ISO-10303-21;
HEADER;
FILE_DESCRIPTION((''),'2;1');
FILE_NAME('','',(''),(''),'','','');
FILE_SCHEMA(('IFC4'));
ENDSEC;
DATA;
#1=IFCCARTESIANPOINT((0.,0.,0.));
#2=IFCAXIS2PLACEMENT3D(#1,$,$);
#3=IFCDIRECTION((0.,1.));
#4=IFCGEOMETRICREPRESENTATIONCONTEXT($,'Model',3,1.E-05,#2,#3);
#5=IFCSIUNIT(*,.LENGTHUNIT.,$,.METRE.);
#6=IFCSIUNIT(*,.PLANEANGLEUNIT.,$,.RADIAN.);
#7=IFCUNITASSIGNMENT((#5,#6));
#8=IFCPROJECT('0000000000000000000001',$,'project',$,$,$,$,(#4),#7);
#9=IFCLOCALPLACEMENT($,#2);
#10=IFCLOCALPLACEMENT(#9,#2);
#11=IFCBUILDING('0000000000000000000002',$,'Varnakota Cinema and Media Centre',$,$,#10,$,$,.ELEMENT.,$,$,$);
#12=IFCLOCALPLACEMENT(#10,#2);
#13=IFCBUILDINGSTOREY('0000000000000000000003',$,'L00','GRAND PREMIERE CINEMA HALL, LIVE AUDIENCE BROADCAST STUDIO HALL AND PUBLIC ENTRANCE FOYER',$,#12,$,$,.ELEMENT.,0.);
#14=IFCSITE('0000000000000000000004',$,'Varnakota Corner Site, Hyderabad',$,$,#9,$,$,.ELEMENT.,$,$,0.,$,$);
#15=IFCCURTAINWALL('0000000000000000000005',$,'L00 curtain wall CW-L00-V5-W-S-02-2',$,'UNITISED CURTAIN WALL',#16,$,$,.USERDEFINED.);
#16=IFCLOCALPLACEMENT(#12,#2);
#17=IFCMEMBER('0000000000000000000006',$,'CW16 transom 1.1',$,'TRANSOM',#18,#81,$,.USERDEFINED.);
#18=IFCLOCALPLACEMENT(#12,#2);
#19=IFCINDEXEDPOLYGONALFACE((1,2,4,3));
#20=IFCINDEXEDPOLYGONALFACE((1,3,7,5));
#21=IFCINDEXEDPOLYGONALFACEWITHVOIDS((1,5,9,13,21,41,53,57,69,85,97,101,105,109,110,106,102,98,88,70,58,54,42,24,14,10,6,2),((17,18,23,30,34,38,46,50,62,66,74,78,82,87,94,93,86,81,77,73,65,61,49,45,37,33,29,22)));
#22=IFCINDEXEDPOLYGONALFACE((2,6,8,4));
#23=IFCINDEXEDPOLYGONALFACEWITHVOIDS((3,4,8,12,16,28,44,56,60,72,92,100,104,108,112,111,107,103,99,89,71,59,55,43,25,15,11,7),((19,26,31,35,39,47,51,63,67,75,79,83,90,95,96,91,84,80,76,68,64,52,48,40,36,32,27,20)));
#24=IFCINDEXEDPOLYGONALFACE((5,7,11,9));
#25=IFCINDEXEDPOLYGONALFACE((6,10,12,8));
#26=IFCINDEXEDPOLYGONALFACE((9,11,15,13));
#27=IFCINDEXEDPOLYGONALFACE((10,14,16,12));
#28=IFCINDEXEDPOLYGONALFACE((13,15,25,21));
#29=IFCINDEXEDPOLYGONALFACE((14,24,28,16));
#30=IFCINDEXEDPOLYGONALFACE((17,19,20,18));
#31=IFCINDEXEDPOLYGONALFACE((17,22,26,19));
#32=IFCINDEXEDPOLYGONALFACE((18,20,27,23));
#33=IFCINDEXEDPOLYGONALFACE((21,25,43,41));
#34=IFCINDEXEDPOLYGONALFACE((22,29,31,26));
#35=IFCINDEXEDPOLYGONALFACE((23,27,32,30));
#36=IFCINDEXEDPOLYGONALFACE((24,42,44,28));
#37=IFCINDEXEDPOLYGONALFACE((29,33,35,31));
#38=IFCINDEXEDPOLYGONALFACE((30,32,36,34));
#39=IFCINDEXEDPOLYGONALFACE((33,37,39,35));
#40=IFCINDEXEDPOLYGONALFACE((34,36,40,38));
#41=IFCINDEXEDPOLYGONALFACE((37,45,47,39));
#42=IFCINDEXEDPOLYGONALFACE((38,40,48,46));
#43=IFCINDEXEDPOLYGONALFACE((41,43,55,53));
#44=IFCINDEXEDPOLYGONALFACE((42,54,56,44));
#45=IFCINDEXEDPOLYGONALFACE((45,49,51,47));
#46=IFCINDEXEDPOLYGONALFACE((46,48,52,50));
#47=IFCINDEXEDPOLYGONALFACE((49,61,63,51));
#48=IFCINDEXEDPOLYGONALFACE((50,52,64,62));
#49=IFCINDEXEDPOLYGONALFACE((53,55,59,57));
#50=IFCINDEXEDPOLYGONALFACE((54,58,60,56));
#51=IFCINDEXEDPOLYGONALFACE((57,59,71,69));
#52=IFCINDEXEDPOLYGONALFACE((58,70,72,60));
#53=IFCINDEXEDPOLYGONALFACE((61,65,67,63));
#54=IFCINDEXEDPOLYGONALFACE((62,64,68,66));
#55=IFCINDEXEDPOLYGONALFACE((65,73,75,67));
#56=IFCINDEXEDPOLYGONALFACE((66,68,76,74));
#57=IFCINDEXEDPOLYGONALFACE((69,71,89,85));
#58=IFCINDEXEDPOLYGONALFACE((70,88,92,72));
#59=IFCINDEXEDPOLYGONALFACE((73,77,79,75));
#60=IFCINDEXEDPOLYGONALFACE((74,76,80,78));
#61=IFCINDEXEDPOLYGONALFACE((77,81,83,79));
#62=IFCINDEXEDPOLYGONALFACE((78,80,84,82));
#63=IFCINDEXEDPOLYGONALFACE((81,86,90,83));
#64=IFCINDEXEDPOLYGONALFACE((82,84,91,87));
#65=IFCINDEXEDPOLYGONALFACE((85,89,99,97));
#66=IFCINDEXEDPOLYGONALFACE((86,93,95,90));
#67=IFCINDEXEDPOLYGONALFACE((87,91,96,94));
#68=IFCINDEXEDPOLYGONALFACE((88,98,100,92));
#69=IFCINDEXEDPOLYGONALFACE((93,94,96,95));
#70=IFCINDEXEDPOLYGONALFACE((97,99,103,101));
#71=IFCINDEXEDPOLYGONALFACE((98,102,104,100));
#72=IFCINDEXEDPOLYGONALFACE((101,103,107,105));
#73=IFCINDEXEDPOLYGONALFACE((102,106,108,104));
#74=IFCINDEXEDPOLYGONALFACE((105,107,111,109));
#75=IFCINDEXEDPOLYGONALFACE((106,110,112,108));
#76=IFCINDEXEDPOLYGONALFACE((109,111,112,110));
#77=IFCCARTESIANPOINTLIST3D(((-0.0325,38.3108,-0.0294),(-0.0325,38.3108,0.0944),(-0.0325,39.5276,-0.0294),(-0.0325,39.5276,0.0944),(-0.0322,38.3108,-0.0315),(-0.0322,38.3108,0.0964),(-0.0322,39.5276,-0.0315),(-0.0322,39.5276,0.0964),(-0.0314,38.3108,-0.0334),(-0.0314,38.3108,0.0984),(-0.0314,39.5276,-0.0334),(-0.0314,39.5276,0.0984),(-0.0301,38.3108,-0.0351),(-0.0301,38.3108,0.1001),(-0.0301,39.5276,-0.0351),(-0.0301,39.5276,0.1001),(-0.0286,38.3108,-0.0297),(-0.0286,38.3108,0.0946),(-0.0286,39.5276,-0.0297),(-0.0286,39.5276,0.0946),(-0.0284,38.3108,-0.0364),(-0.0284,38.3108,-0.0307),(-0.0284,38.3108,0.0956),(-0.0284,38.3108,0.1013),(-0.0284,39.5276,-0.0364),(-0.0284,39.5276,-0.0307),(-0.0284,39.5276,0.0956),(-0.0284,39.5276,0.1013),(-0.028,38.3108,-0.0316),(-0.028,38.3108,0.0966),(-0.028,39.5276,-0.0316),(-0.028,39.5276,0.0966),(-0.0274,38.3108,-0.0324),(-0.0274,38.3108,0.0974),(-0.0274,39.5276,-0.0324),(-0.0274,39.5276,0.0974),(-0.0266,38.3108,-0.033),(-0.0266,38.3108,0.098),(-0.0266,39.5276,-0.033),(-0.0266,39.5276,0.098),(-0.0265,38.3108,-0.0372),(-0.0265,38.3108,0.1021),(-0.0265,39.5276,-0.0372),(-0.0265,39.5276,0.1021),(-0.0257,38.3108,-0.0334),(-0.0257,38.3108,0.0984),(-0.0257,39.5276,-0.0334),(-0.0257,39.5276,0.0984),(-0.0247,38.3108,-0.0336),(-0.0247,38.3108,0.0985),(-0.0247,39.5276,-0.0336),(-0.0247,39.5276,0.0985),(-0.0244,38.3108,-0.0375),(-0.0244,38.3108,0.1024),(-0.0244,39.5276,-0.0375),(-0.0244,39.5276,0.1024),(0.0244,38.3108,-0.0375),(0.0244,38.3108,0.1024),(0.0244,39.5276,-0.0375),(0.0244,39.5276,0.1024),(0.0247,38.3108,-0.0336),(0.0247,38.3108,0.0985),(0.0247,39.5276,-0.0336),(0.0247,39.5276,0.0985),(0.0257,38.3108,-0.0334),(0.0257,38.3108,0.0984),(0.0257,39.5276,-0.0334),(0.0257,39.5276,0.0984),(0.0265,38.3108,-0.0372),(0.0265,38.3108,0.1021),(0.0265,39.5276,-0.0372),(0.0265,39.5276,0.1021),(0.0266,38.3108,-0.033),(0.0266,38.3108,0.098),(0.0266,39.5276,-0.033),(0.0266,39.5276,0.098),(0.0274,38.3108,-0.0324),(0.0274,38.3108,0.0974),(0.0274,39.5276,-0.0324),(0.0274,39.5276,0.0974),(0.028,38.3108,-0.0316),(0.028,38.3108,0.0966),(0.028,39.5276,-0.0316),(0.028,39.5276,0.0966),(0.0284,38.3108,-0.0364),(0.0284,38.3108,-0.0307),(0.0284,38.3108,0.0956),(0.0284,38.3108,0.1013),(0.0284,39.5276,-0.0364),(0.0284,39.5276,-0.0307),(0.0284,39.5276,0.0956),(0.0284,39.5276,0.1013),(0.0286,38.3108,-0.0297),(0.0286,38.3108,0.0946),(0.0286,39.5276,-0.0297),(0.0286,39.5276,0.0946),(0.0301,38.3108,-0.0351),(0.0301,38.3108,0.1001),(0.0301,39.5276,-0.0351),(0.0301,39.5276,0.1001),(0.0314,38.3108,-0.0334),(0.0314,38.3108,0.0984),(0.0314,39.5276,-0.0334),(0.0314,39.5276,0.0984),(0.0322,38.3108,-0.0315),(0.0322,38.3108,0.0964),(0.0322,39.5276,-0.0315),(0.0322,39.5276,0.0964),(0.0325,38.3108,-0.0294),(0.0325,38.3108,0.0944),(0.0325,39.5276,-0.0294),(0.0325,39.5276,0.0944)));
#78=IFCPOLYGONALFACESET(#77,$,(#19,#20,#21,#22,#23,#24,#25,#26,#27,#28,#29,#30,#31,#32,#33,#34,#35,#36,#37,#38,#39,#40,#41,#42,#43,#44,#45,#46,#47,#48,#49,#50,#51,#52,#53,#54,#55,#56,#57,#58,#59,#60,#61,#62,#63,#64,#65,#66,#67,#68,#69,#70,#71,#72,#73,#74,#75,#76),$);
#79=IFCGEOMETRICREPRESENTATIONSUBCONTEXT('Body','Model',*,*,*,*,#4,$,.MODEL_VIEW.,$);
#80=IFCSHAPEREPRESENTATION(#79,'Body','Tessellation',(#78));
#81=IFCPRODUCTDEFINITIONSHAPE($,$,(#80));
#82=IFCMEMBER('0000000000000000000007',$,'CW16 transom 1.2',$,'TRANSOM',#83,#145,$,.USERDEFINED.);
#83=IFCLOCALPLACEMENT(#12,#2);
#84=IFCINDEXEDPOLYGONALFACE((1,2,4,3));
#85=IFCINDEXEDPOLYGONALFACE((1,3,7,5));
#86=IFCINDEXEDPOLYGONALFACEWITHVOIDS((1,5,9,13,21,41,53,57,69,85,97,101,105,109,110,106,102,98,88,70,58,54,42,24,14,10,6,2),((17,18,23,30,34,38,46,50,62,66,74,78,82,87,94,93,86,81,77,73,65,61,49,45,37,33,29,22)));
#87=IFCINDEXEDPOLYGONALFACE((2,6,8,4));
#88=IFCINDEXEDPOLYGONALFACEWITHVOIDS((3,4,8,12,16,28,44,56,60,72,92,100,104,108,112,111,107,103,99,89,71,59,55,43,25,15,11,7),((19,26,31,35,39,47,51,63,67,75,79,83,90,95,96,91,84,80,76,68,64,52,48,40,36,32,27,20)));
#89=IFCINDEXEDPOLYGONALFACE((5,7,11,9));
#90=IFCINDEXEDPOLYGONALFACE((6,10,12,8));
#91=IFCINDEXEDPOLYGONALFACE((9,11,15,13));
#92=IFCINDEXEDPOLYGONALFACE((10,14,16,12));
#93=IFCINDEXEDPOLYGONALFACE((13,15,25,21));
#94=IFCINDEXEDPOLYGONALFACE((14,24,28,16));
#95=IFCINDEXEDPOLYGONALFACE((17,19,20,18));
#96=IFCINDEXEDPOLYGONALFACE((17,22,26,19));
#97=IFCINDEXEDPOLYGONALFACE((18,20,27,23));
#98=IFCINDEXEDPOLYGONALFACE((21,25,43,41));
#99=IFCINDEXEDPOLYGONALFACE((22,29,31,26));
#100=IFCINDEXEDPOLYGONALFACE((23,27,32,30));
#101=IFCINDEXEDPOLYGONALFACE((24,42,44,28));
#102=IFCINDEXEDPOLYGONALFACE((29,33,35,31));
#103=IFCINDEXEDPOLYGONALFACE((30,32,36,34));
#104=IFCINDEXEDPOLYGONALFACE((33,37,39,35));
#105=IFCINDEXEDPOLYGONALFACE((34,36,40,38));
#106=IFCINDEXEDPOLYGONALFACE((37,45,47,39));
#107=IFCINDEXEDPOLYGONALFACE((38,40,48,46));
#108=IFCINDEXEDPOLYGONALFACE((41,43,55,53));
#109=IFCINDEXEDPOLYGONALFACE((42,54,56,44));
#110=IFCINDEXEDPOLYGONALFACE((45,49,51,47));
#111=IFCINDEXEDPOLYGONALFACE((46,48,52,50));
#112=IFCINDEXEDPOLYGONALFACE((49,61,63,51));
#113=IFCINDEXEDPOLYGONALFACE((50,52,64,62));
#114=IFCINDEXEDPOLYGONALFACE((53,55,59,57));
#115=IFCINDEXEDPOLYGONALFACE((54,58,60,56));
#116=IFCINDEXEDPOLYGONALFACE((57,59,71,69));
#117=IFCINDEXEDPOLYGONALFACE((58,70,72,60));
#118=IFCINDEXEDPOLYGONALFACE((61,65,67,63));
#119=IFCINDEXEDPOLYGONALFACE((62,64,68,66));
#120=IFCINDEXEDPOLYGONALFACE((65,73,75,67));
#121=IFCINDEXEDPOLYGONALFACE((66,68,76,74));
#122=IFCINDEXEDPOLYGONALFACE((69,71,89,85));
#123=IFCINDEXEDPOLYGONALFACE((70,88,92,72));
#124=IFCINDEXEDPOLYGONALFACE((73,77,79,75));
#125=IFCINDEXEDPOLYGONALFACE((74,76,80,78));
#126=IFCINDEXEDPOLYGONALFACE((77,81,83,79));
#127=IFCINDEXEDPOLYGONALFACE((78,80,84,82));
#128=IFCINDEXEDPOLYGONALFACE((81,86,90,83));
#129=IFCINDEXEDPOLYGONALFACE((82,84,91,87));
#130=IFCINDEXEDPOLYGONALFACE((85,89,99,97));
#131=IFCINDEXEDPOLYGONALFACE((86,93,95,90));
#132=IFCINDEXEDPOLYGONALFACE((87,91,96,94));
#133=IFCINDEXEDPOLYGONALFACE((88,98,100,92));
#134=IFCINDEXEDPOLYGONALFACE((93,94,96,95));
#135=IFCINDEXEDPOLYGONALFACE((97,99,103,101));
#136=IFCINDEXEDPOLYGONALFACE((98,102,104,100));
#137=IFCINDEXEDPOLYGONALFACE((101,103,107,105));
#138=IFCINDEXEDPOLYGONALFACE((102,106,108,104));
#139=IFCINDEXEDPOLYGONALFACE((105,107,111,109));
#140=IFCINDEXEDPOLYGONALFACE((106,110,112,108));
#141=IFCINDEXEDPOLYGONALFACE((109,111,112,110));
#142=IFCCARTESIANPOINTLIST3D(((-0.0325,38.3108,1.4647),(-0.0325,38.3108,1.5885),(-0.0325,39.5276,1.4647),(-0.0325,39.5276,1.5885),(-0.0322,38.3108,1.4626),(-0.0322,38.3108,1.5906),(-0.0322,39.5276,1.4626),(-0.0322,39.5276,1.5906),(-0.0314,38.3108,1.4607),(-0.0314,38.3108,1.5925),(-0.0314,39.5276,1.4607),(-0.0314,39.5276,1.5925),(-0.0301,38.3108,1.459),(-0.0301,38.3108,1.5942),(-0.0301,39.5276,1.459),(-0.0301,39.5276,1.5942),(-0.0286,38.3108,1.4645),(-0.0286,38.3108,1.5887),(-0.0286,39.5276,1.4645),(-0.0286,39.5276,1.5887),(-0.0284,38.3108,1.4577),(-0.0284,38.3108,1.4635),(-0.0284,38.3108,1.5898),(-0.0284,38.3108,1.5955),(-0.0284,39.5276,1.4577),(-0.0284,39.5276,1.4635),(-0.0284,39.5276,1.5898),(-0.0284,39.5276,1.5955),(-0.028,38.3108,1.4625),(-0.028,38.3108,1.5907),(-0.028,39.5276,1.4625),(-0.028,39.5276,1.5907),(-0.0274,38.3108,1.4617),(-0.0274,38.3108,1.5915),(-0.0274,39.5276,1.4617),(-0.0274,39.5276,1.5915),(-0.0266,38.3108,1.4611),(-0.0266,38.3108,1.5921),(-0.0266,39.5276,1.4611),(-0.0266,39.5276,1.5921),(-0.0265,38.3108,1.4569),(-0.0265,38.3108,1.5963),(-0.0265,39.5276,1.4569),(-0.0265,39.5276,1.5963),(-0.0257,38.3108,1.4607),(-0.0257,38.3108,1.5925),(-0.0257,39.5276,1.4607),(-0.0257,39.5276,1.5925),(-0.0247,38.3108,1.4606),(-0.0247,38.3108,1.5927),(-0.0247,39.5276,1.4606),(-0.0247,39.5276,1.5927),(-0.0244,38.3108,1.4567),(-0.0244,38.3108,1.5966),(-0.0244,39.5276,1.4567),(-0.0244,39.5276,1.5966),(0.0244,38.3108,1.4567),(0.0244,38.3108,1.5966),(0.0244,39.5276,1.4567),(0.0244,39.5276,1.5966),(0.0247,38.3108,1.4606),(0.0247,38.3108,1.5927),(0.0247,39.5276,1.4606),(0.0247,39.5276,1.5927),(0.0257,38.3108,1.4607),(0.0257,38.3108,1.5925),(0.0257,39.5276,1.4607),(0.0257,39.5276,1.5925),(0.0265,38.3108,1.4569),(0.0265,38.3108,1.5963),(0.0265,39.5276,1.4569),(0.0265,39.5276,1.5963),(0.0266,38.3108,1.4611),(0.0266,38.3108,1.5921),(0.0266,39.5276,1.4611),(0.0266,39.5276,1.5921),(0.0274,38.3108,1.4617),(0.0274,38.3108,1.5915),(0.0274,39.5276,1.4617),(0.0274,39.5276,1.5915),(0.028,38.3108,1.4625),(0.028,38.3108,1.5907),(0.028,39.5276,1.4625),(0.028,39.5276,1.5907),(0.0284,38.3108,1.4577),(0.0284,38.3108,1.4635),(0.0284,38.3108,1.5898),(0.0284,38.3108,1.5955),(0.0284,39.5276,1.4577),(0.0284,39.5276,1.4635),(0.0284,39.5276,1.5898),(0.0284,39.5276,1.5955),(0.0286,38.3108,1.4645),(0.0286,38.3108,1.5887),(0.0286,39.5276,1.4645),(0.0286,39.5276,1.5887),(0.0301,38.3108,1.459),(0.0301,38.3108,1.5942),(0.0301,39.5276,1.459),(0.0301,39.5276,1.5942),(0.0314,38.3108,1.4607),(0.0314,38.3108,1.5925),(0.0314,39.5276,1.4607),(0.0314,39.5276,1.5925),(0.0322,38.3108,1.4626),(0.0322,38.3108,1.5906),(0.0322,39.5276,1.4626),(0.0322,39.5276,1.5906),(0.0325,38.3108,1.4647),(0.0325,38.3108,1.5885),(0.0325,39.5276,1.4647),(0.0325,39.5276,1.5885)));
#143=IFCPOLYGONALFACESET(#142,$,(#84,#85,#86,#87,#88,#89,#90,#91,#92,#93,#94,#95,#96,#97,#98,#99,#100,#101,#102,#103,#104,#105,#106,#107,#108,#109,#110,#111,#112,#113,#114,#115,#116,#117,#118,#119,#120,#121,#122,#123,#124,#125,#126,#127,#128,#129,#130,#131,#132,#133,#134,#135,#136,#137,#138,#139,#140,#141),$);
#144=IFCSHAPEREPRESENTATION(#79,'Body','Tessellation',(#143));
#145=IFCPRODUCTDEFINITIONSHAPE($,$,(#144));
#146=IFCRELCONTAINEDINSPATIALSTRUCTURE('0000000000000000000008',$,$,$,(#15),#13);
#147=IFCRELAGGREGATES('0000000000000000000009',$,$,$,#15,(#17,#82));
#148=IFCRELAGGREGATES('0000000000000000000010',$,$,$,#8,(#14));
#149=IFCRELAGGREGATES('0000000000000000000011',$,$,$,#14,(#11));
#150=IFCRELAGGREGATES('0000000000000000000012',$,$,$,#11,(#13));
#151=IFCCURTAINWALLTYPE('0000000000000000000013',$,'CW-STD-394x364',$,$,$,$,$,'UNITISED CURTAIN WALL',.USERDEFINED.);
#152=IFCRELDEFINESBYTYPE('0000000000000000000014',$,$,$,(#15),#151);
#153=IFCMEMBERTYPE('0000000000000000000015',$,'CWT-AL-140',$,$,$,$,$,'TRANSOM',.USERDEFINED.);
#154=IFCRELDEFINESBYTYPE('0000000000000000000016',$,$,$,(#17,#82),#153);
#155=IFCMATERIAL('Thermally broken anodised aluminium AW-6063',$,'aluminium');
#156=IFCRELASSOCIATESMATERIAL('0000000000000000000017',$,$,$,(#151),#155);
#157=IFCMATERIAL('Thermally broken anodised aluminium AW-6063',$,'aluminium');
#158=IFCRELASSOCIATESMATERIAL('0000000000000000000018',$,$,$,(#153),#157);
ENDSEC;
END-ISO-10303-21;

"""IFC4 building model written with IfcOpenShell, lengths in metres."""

from ifc_helpers import new_model, si_unit, direction, frame, origin, origin_2d, place, context, subcontext, project, spatial, hollow_rectangle, extrude, material, material_profile, profile_set, type_object, element, aggregate, save


model = new_model("IFC4")

# Units and contexts
model_context = context("Model", 3, precision=1e-05, world=origin(), true_north=direction((0.0, 1.0)))
body_context = subcontext(model_context, "Body", "Model", "MODEL_VIEW")
ifc_project = project(units=[si_unit("LENGTHUNIT", "METRE"), si_unit("PLANEANGLEUNIT", "RADIAN")], contexts=[model_context])

# Site, building, storey
site_placement = place(None, origin())
site = spatial("IfcSite", under=ifc_project, at=site_placement, Name="Varnakota Corner Site, Hyderabad", CompositionType="ELEMENT", RefElevation=0.0)
building_placement = place(site_placement, origin())
building = spatial("IfcBuilding", under=site, at=building_placement, Name="Varnakota Cinema and Media Centre", CompositionType="ELEMENT")
storey_placement = place(building_placement, origin())
storey = spatial("IfcBuildingStorey", under=building, at=storey_placement, Name="L00", Description="GRAND PREMIERE CINEMA HALL, LIVE AUDIENCE BROADCAST STUDIO HALL AND PUBLIC ENTRANCE FOYER", CompositionType="ELEMENT", Elevation=0.0)

# Shared definitions
ifc_material_1 = material(Name="Thermally broken anodised aluminium AW-6063", Category="aluminium")
curtain_wall_type = type_object("IfcCurtainWallType", Name="CW-STD-394x364", ElementType="UNITISED CURTAIN WALL", PredefinedType="USERDEFINED", material=ifc_material_1)

# Curtain wall
curtain_wall_1_placement = place(storey_placement, origin())
curtain_wall_1 = element("IfcCurtainWall", 1, at=curtain_wall_1_placement, inside=storey, type_object=curtain_wall_type, Name="L00 curtain wall CW-L00-V5-W-S-02-2", ObjectType="UNITISED CURTAIN WALL", PredefinedType="USERDEFINED")

# Members
ifc_material_2 = material(Name="Thermally broken anodised aluminium AW-6063", Category="aluminium")
ifc_material_profile_1 = material_profile(ifc_material_2, hollow_rectangle(XDim=0.0649, YDim=0.1399, WallThickness=0.0039, InnerFilletRadius=0.0039, OuterFilletRadius=0.0081, at=origin_2d()), Name="AL-TRANSOM 140x65x4")
ifc_profile_set_1 = profile_set([ifc_material_profile_1], Name="Thermally broken anodised aluminium AW-6063")
member_type_1 = type_object("IfcMemberType", Name="CWT-AL-140", ElementType="TRANSOM", PredefinedType="USERDEFINED", material=ifc_profile_set_1)
member_1_placement = place(storey_placement, frame((0.0, 39.5276, 0.0325), z_axis=(0.0, -1.0, 0.0), x_axis=(1.0, 0.0, 0.0)))
member_1 = element("IfcMember", 2, at=member_1_placement, type_object=member_type_1, Name="CW16 transom 1.1", ObjectType="TRANSOM", PredefinedType="USERDEFINED", context=body_context, shape_type="SweptSolid", body=[
    extrude(hollow_rectangle(XDim=0.0649, YDim=0.1399, WallThickness=0.0039, InnerFilletRadius=0.0039, OuterFilletRadius=0.0081, at=origin_2d()), origin(), (0.0, 0.0, 1.0), 1.2168),
])
member_2_placement = place(storey_placement, frame((0.0, 39.5276, 1.5266), z_axis=(0.0, -1.0, 0.0), x_axis=(1.0, 0.0, 0.0)))
member_2 = element("IfcMember", 3, at=member_2_placement, type_object=member_type_1, Name="CW16 transom 1.2", ObjectType="TRANSOM", PredefinedType="USERDEFINED", context=body_context, shape_type="SweptSolid", body=[
    extrude(hollow_rectangle(XDim=0.0649, YDim=0.1399, WallThickness=0.0039, InnerFilletRadius=0.0039, OuterFilletRadius=0.0081, at=origin_2d()), origin(), (0.0, 0.0, 1.0), 1.2168),
])

aggregate(curtain_wall_1, [member_1, member_2])

save(model, "model.ifc")
